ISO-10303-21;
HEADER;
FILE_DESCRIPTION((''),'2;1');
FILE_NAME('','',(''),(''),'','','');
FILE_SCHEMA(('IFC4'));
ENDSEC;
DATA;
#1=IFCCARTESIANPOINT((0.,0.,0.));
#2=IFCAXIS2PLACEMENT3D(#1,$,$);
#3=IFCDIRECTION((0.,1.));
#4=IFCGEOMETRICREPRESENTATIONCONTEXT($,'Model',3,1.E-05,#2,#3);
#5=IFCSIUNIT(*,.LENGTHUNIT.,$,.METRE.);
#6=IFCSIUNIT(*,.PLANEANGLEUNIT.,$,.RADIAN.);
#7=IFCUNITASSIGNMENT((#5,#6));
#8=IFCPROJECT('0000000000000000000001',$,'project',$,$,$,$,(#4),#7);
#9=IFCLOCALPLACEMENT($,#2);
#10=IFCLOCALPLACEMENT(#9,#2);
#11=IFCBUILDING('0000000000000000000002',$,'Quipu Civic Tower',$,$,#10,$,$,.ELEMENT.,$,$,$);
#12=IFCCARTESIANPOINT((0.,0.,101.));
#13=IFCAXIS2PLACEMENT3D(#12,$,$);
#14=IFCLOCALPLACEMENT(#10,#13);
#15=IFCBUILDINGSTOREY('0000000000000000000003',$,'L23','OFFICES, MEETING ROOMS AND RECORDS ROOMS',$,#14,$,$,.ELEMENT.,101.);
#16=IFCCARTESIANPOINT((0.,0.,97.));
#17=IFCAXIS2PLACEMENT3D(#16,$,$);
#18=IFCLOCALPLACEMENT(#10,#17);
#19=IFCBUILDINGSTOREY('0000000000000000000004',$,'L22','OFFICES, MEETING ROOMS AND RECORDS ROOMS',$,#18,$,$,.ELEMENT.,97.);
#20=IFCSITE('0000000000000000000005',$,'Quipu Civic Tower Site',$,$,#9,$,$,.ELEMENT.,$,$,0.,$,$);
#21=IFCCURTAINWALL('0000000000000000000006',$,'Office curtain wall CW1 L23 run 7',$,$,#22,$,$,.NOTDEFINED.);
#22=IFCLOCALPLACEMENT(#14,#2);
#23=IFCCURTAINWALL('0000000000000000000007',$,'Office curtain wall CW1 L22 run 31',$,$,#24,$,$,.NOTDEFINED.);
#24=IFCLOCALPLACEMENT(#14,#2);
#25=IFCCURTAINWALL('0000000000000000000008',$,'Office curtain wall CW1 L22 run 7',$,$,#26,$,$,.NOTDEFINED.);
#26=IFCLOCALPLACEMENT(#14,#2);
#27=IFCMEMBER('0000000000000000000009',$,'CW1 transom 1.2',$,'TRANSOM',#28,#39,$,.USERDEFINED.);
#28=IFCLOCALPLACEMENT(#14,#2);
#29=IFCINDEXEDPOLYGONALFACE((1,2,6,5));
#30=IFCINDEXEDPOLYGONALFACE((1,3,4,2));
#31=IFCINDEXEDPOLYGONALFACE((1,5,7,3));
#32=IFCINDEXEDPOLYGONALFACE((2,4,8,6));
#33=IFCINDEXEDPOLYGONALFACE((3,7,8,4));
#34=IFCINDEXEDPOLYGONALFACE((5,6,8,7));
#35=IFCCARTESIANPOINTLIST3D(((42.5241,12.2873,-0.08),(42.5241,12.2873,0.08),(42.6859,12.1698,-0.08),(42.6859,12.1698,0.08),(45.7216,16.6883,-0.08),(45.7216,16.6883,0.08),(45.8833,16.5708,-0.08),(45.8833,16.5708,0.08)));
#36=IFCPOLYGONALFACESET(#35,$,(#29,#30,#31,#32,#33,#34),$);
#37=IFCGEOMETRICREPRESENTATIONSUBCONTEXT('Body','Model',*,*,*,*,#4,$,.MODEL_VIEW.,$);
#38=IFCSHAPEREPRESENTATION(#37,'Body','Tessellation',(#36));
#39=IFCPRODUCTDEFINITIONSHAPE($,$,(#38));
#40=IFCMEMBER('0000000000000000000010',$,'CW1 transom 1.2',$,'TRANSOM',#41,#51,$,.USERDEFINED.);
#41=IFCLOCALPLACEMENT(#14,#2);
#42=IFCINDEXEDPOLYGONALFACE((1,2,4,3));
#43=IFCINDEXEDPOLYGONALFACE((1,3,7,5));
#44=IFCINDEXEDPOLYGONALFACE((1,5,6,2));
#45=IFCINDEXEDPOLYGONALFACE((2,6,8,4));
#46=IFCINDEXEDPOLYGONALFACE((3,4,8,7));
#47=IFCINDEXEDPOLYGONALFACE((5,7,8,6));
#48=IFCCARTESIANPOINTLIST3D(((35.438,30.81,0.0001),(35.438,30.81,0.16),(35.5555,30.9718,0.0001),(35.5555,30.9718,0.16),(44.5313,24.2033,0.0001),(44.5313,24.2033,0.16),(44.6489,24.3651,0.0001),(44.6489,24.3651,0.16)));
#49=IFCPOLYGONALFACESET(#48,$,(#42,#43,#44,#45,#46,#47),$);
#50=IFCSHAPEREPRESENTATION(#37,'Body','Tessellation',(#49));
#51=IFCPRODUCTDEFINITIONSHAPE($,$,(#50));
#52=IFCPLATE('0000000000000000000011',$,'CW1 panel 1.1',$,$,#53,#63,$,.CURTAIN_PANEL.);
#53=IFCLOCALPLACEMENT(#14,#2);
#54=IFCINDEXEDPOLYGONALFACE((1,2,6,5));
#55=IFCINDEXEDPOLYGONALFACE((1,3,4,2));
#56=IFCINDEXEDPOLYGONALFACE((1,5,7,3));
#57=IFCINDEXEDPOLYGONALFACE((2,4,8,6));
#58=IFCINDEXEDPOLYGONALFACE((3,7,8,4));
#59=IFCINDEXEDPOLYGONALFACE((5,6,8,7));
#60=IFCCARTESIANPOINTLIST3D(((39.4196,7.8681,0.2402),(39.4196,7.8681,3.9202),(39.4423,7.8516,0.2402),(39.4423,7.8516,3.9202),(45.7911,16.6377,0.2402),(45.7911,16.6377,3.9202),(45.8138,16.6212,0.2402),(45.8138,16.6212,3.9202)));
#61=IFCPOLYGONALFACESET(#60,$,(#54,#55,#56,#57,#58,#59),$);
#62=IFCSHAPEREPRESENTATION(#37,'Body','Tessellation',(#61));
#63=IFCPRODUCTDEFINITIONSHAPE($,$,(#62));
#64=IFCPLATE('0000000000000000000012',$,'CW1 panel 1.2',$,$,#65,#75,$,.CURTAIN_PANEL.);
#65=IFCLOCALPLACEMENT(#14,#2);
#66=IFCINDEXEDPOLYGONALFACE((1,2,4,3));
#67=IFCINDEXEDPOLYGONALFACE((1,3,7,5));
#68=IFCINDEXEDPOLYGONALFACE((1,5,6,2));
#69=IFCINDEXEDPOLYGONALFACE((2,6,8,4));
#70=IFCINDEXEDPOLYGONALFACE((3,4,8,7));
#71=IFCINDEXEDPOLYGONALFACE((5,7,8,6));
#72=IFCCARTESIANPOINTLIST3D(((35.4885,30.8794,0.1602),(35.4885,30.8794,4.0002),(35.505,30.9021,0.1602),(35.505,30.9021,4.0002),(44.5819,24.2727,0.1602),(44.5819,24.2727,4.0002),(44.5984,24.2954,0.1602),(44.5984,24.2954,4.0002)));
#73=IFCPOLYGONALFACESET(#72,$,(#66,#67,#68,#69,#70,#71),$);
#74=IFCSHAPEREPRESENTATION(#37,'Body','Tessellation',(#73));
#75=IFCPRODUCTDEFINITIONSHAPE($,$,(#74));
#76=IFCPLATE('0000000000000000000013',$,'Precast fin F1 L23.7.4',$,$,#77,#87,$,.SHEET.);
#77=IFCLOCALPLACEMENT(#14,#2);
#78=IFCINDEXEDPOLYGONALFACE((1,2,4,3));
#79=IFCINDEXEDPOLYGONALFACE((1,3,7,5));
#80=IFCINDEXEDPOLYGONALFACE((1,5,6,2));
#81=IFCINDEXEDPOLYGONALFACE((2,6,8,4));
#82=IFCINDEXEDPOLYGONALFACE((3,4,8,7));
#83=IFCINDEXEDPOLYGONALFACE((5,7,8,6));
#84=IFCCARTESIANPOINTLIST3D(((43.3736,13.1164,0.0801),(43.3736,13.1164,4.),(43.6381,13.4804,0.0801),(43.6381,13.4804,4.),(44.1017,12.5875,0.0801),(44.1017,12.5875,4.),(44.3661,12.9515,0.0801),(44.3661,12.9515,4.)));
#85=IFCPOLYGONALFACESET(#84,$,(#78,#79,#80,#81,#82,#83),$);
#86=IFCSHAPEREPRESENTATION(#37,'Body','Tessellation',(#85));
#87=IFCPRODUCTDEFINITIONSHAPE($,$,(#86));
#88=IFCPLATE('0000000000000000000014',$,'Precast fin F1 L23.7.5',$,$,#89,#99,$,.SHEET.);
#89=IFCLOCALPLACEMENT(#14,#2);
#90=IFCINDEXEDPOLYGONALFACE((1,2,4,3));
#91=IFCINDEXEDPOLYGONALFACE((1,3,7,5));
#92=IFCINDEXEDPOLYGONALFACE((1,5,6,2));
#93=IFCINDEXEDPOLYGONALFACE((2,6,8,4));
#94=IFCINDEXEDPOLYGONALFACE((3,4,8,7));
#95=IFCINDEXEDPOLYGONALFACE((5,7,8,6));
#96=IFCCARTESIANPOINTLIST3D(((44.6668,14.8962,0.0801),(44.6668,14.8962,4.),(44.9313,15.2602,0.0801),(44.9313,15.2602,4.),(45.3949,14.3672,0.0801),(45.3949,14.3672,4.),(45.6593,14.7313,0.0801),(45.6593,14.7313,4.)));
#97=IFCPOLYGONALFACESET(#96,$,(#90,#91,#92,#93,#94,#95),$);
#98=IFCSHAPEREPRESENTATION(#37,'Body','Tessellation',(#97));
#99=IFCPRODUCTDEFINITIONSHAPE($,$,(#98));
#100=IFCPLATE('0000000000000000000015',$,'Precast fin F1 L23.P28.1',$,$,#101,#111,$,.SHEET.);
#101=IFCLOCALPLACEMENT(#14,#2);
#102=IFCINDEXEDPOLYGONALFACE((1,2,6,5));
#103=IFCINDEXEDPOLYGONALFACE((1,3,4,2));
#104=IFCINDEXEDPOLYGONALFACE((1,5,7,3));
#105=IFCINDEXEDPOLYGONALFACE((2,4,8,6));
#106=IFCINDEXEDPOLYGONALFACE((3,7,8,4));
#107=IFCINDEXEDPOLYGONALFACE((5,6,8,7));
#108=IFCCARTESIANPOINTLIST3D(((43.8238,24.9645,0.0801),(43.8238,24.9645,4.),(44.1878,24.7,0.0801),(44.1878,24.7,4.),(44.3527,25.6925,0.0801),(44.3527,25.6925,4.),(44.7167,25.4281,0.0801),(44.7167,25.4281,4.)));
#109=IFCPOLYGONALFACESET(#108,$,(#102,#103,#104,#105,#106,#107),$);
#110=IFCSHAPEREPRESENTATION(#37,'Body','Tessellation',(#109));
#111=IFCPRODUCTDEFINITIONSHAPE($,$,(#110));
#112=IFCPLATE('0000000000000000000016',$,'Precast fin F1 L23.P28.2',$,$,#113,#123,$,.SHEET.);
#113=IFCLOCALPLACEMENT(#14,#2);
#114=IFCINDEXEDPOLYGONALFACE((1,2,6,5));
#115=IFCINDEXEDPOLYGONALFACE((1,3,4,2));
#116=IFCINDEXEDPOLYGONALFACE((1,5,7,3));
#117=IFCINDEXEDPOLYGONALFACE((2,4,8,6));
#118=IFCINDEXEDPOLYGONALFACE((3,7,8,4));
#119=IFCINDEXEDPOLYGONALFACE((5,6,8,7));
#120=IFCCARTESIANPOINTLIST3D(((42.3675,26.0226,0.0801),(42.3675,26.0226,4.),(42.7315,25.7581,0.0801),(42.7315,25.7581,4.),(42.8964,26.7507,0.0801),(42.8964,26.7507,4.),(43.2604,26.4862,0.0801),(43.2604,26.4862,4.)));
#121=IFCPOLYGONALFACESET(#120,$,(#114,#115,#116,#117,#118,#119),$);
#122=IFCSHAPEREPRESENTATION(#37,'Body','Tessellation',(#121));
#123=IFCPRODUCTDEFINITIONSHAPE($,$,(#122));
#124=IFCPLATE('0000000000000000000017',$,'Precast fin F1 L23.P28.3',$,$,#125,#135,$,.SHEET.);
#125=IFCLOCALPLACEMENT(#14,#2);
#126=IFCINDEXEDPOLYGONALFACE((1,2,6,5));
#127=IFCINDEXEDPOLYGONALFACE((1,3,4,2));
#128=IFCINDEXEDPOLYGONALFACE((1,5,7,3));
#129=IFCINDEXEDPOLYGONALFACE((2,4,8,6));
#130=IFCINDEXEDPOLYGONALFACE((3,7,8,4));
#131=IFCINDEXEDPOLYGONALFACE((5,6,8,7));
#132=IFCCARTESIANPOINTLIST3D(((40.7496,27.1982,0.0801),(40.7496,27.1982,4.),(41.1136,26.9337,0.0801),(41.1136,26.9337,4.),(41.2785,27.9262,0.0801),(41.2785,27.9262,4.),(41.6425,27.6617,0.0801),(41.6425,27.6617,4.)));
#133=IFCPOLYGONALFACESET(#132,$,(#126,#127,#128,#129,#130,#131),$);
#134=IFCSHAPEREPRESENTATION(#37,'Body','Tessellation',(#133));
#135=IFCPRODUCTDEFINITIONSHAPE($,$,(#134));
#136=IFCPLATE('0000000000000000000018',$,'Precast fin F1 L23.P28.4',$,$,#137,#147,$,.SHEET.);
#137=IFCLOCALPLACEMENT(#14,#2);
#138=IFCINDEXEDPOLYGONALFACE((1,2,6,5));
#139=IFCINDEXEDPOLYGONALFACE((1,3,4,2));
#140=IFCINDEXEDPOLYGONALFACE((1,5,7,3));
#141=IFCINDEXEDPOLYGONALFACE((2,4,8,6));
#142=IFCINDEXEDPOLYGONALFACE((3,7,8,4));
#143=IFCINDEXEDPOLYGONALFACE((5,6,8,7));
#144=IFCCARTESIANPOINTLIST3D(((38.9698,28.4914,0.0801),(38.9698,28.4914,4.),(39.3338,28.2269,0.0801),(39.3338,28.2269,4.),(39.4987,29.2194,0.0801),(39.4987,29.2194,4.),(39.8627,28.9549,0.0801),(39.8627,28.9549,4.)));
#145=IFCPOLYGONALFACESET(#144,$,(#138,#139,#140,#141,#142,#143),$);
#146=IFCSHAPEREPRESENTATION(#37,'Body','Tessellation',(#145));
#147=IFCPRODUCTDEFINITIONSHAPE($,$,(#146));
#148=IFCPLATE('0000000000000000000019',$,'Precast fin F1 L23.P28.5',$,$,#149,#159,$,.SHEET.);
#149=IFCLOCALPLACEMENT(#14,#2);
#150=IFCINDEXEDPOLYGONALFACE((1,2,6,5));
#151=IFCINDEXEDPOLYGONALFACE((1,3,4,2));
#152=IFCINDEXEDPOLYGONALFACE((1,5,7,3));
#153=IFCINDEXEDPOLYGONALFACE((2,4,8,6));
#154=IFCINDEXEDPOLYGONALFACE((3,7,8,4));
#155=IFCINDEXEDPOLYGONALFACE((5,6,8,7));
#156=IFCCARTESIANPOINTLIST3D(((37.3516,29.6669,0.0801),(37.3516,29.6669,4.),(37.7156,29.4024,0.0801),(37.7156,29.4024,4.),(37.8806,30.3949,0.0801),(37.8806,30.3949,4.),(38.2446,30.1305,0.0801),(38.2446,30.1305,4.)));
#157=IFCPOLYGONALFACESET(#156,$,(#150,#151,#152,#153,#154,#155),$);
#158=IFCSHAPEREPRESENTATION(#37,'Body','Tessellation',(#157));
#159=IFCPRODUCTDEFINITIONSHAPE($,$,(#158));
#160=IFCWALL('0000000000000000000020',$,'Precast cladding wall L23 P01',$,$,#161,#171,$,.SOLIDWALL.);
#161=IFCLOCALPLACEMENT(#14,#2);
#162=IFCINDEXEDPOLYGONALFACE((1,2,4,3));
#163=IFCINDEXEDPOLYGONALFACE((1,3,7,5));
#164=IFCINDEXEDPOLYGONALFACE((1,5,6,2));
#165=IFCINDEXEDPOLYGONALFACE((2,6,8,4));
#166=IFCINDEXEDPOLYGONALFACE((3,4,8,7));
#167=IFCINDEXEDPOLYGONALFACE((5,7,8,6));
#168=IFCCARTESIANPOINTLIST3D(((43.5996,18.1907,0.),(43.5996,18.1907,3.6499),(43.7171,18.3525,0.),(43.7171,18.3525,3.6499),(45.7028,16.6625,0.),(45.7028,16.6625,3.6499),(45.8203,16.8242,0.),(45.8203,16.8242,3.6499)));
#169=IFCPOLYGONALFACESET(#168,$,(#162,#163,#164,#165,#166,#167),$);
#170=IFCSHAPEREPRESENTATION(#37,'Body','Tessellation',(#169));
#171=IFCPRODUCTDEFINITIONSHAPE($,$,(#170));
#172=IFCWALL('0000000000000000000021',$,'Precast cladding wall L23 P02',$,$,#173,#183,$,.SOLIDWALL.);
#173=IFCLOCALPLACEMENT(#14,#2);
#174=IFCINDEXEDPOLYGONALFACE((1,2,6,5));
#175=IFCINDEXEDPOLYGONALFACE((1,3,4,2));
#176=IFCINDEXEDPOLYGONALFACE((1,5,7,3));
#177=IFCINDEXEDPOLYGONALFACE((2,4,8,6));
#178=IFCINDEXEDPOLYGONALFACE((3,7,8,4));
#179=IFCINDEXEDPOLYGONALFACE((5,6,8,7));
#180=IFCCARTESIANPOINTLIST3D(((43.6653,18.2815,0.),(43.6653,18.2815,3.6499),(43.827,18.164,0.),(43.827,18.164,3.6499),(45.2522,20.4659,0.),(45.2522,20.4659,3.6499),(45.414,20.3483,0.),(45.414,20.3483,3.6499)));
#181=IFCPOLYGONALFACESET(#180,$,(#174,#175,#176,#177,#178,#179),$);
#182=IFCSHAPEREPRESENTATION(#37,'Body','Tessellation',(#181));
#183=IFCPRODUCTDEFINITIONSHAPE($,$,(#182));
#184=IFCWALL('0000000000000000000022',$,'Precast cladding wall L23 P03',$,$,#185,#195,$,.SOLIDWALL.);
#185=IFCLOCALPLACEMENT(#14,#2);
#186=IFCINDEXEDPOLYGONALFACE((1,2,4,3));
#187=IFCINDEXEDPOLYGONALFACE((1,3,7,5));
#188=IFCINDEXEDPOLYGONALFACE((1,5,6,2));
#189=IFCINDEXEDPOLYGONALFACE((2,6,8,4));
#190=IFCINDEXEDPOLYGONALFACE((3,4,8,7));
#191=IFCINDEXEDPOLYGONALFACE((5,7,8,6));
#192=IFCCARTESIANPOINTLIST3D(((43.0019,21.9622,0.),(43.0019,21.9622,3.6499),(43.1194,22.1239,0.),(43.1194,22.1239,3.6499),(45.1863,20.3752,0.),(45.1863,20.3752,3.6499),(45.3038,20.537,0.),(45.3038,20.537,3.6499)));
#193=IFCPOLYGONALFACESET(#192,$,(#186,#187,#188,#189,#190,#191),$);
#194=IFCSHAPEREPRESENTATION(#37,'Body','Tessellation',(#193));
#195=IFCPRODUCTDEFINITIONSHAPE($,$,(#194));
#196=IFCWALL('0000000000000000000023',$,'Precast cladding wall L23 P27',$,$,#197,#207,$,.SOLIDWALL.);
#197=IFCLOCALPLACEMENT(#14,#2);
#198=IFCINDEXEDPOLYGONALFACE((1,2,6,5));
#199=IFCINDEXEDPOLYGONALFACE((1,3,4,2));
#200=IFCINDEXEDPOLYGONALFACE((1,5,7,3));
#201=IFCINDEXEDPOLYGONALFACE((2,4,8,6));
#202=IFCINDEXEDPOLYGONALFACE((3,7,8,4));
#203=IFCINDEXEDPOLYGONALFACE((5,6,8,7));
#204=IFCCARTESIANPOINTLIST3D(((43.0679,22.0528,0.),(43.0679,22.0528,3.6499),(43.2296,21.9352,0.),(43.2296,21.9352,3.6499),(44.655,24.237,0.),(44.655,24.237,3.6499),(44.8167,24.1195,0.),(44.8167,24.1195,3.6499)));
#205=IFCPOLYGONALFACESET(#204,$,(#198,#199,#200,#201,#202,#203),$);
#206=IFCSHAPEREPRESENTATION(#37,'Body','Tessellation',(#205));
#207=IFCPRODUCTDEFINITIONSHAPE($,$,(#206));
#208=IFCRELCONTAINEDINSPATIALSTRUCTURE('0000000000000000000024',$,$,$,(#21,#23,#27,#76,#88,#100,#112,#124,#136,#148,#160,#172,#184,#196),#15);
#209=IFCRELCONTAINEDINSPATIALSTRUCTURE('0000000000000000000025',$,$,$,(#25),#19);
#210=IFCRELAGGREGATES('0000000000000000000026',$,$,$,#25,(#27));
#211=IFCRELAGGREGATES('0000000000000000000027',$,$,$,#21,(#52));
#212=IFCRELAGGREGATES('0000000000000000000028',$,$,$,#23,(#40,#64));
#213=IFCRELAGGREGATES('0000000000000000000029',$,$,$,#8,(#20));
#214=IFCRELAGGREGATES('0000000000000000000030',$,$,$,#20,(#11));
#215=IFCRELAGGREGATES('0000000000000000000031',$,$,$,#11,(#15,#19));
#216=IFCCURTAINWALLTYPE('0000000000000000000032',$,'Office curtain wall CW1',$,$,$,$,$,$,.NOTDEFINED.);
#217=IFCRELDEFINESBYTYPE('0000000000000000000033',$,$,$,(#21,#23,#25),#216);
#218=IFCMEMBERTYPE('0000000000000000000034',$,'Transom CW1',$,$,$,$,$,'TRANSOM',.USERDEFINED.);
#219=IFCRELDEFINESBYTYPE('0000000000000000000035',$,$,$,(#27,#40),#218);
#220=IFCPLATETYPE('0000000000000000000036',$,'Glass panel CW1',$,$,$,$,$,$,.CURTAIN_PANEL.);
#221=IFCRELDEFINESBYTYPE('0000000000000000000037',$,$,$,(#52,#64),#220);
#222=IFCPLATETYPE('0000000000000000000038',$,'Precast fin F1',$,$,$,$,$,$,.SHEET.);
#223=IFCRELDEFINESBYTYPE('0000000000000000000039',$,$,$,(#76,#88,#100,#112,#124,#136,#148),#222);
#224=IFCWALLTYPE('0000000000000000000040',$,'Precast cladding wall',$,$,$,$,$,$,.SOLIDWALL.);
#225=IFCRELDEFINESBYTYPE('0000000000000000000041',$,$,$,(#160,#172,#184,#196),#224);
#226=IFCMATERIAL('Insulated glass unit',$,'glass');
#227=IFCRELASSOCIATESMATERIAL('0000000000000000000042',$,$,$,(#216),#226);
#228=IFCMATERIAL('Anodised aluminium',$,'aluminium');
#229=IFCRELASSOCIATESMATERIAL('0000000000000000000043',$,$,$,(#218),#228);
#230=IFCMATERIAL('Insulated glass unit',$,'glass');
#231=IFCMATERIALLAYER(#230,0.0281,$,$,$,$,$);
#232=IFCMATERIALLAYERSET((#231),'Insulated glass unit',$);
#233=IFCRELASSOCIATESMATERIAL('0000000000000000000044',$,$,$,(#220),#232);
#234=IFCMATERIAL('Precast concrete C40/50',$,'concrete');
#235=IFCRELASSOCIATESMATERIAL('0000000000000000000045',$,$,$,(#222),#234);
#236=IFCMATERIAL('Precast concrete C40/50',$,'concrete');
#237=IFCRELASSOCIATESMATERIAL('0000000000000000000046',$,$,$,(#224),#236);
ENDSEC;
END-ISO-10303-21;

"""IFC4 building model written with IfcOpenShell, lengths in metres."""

from ifc_helpers import new_model, si_unit, direction, frame, frame_2d, origin, origin_2d, place, context, subcontext, project, spatial, rectangle, extrude, material, layer, layer_set, material_profile, profile_set, type_object, element, aggregate, save


model = new_model("IFC4")

# Units and contexts
model_context = context("Model", 3, precision=1e-05, world=origin(), true_north=direction((0.0, 1.0)))
body_context = subcontext(model_context, "Body", "Model", "MODEL_VIEW")
ifc_project = project(units=[si_unit("LENGTHUNIT", "METRE"), si_unit("PLANEANGLEUNIT", "RADIAN")], contexts=[model_context])

# Site, building, storey
site_placement = place(None, origin())
site = spatial("IfcSite", under=ifc_project, at=site_placement, Name="Quipu Civic Tower Site", CompositionType="ELEMENT", RefElevation=0.0)
building_placement = place(site_placement, origin())
building = spatial("IfcBuilding", under=site, at=building_placement, Name="Quipu Civic Tower", CompositionType="ELEMENT")
storey_1_placement = place(building_placement, frame((0.0, 0.0, 101.0)))
storey_1 = spatial("IfcBuildingStorey", under=building, at=storey_1_placement, Name="L23", Description="OFFICES, MEETING ROOMS AND RECORDS ROOMS", CompositionType="ELEMENT", Elevation=101.0)

# Curtain walls
ifc_material_1 = material(Name="Insulated glass unit", Category="glass")
curtain_wall_type = type_object("IfcCurtainWallType", Name="Office curtain wall CW1", PredefinedType="NOTDEFINED", material=ifc_material_1)
curtain_wall_1_placement = place(storey_1_placement, origin())
curtain_wall_1 = element("IfcCurtainWall", 1, at=curtain_wall_1_placement, inside=storey_1, type_object=curtain_wall_type, Name="Office curtain wall CW1 L23 run 7", PredefinedType="NOTDEFINED")
curtain_wall_2_placement = place(storey_1_placement, origin())
curtain_wall_2 = element("IfcCurtainWall", 2, at=curtain_wall_2_placement, inside=storey_1, type_object=curtain_wall_type, Name="Office curtain wall CW1 L22 run 31", PredefinedType="NOTDEFINED")

# Shared definitions
storey_2_placement = place(building_placement, frame((0.0, 0.0, 97.0)))
storey_2 = spatial("IfcBuildingStorey", under=building, at=storey_2_placement, Name="L22", Description="OFFICES, MEETING ROOMS AND RECORDS ROOMS", CompositionType="ELEMENT", Elevation=97.0)

# Curtain wall, member
ifc_material_2 = material(Name="Anodised aluminium", Category="aluminium")
ifc_material_profile_1 = material_profile(ifc_material_2, rectangle(XDim=0.2, YDim=0.1599, at=origin_2d()), Name="RECT 200x160")
ifc_profile_set_1 = profile_set([ifc_material_profile_1], Name="Anodised aluminium")
member_type_1 = type_object("IfcMemberType", Name="Transom CW1", ElementType="TRANSOM", PredefinedType="USERDEFINED", material=ifc_profile_set_1)
curtain_wall_3_placement = place(storey_2_placement, origin())
curtain_wall_3 = element("IfcCurtainWall", 3, at=curtain_wall_3_placement, inside=storey_2, type_object=curtain_wall_type, Name="Office curtain wall CW1 L22 run 7", PredefinedType="NOTDEFINED")
member_1_placement = place(storey_1_placement, frame((42.605, 12.2285, 0.0), z_axis=(0.587774, 0.809025, 0.0), x_axis=(-0.809025, 0.587774, 0.0)))
member_1 = element("IfcMember", 4, at=member_1_placement, inside=storey_1, type_object=member_type_1, Name="CW1 transom 1.2", ObjectType="TRANSOM", PredefinedType="USERDEFINED", context=body_context, shape_type="SweptSolid", body=[
    extrude(rectangle(XDim=0.2, YDim=0.1599, at=origin_2d()), origin(), (0.0, 0.0, 1.0), 5.4399),
])
aggregate(curtain_wall_3, [member_1])

# Member
member_2_placement = place(storey_1_placement, frame((44.5901, 24.2842, 0.0801), z_axis=(-0.809015, 0.587788, 0.0), x_axis=(-0.587788, -0.809015, 0.0)))
member_2 = element("IfcMember", 5, at=member_2_placement, type_object=member_type_1, Name="CW1 transom 1.2", ObjectType="TRANSOM", PredefinedType="USERDEFINED", context=body_context, shape_type="SweptSolid", body=[
    extrude(rectangle(XDim=0.2, YDim=0.1599, at=origin_2d()), origin(), (0.0, 0.0, 1.0), 11.24),
])

# Plates
ifc_material_3 = material(Name="Insulated glass unit", Category="glass")
ifc_layer = layer(ifc_material_3, 0.0281)
ifc_layer_set = layer_set([ifc_layer], Name="Insulated glass unit")
plate_type_1 = type_object("IfcPlateType", Name="Glass panel CW1", PredefinedType="CURTAIN_PANEL", material=ifc_layer_set)
plate_1_placement = place(storey_1_placement, frame((42.6167, 12.2446, 0.2402), z_axis=(0.0, 0.0, 1.0), x_axis=(0.587787, 0.809016, 0.0)))
plate_1 = element("IfcPlate", 6, at=plate_1_placement, type_object=plate_type_1, Name="CW1 panel 1.1", PredefinedType="CURTAIN_PANEL", context=body_context, shape_type="SweptSolid", body=[
    extrude(rectangle(XDim=10.8398, YDim=0.0281, at=origin_2d()), origin(), (0.0, 0.0, 1.0), 3.6799),
])
aggregate(curtain_wall_1, [plate_1])
plate_2_placement = place(storey_1_placement, frame((40.0435, 27.5874, 0.1602), z_axis=(0.0, 0.0, 1.0), x_axis=(-0.809015, 0.587788, 0.0)))
plate_2 = element("IfcPlate", 7, at=plate_2_placement, type_object=plate_type_1, Name="CW1 panel 1.2", PredefinedType="CURTAIN_PANEL", context=body_context, shape_type="SweptSolid", body=[
    extrude(rectangle(XDim=11.24, YDim=0.0281, at=origin_2d()), origin(), (0.0, 0.0, 1.0), 3.8401),
])
aggregate(curtain_wall_2, [member_2, plate_2])

# Plates
ifc_material_4 = material(Name="Precast concrete C40/50", Category="concrete")
plate_type_2 = type_object("IfcPlateType", Name="Precast fin F1", PredefinedType="SHEET", material=ifc_material_4)
for number, where, z_axis, x_axis, name in (
    (8, (43.8699, 13.0339, 0.0801), (0.0, 0.0, 1.0), (0.587784, 0.809018, 0.0), "Precast fin F1 L23.7.4"),
    (9, (45.1631, 14.8137, 0.0801), (0.0, 0.0, 1.0), (0.587784, 0.809018, 0.0), "Precast fin F1 L23.7.5"),
    (10, (44.2703, 25.1963, 0.0801), (0.0, 0.0, 1.0), (-0.809017, 0.587785, 0.0), "Precast fin F1 L23.P28.1"),
    (11, (42.814, 26.2544, 0.0801), (0.0, 0.0, 1.0), (-0.809017, 0.587785, 0.0), "Precast fin F1 L23.P28.2"),
    (12, (41.196, 27.4299, 0.0801), (0.0, 0.0, 1.0), (-0.809017, 0.587785, 0.0), "Precast fin F1 L23.P28.3"),
    (13, (39.4163, 28.7231, 0.0801), (0.0, 0.0, 1.0), (-0.809017, 0.587785, 0.0), "Precast fin F1 L23.P28.4"),
    (14, (37.7981, 29.8987, 0.0801), (0.0, 0.0, 1.0), (-0.809017, 0.587785, 0.0), "Precast fin F1 L23.P28.5"),
):
    element("IfcPlate", number, at=place(storey_1_placement, frame(where, z_axis=z_axis, x_axis=x_axis)), inside=storey_1, type_object=plate_type_2, Name=name, PredefinedType="SHEET", context=body_context, shape_type="SweptSolid", body=[
        extrude(rectangle(XDim=0.45, YDim=0.8999, at=origin_2d()), origin(), (0.0, 0.0, 1.0), 3.9199),
    ])

# Walls
ifc_material_5 = material(Name="Precast concrete C40/50", Category="concrete")
wall_type = type_object("IfcWallType", Name="Precast cladding wall", PredefinedType="SOLIDWALL", material=ifc_material_5)
wall_placement = place(storey_1_placement, frame((45.7615, 16.7434, 0.0), z_axis=(0.0, 0.0, 1.0), x_axis=(-0.80898, 0.587837, 0.0)))
element("IfcWall", 15, at=wall_placement, inside=storey_1, type_object=wall_type, Name="Precast cladding wall L23 P01", PredefinedType="SOLIDWALL", context=body_context, shape_type="SweptSolid", body=[
    extrude(rectangle(XDim=2.5999, YDim=0.2, at=frame_2d((1.2998, 0.0))), origin(), (0.0, 0.0, 1.0), 3.6499),
])
for number, where, z_axis, x_axis, name in (
    (16, (43.7461, 18.2227, 0.0), (0.0, 0.0, 1.0), (0.587763, 0.809033, 0.0), "Precast cladding wall L23 P02"),
    (17, (45.2451, 20.4561, 0.0), (0.0, 0.0, 1.0), (-0.809033, 0.587763, 0.0), "Precast cladding wall L23 P03"),
    (18, (43.1487, 21.9939, 0.0), (0.0, 0.0, 1.0), (0.587822, 0.80899, 0.0), "Precast cladding wall L23 P27"),
):
    element("IfcWall", number, at=place(storey_1_placement, frame(where, z_axis=z_axis, x_axis=x_axis)), inside=storey_1, type_object=wall_type, Name=name, PredefinedType="SOLIDWALL", context=body_context, shape_type="SweptSolid", body=[
        extrude(rectangle(XDim=2.7, YDim=0.2, at=frame_2d((1.3501, 0.0))), origin(), (0.0, 0.0, 1.0), 3.6499),
    ])

save(model, "model.ifc")
